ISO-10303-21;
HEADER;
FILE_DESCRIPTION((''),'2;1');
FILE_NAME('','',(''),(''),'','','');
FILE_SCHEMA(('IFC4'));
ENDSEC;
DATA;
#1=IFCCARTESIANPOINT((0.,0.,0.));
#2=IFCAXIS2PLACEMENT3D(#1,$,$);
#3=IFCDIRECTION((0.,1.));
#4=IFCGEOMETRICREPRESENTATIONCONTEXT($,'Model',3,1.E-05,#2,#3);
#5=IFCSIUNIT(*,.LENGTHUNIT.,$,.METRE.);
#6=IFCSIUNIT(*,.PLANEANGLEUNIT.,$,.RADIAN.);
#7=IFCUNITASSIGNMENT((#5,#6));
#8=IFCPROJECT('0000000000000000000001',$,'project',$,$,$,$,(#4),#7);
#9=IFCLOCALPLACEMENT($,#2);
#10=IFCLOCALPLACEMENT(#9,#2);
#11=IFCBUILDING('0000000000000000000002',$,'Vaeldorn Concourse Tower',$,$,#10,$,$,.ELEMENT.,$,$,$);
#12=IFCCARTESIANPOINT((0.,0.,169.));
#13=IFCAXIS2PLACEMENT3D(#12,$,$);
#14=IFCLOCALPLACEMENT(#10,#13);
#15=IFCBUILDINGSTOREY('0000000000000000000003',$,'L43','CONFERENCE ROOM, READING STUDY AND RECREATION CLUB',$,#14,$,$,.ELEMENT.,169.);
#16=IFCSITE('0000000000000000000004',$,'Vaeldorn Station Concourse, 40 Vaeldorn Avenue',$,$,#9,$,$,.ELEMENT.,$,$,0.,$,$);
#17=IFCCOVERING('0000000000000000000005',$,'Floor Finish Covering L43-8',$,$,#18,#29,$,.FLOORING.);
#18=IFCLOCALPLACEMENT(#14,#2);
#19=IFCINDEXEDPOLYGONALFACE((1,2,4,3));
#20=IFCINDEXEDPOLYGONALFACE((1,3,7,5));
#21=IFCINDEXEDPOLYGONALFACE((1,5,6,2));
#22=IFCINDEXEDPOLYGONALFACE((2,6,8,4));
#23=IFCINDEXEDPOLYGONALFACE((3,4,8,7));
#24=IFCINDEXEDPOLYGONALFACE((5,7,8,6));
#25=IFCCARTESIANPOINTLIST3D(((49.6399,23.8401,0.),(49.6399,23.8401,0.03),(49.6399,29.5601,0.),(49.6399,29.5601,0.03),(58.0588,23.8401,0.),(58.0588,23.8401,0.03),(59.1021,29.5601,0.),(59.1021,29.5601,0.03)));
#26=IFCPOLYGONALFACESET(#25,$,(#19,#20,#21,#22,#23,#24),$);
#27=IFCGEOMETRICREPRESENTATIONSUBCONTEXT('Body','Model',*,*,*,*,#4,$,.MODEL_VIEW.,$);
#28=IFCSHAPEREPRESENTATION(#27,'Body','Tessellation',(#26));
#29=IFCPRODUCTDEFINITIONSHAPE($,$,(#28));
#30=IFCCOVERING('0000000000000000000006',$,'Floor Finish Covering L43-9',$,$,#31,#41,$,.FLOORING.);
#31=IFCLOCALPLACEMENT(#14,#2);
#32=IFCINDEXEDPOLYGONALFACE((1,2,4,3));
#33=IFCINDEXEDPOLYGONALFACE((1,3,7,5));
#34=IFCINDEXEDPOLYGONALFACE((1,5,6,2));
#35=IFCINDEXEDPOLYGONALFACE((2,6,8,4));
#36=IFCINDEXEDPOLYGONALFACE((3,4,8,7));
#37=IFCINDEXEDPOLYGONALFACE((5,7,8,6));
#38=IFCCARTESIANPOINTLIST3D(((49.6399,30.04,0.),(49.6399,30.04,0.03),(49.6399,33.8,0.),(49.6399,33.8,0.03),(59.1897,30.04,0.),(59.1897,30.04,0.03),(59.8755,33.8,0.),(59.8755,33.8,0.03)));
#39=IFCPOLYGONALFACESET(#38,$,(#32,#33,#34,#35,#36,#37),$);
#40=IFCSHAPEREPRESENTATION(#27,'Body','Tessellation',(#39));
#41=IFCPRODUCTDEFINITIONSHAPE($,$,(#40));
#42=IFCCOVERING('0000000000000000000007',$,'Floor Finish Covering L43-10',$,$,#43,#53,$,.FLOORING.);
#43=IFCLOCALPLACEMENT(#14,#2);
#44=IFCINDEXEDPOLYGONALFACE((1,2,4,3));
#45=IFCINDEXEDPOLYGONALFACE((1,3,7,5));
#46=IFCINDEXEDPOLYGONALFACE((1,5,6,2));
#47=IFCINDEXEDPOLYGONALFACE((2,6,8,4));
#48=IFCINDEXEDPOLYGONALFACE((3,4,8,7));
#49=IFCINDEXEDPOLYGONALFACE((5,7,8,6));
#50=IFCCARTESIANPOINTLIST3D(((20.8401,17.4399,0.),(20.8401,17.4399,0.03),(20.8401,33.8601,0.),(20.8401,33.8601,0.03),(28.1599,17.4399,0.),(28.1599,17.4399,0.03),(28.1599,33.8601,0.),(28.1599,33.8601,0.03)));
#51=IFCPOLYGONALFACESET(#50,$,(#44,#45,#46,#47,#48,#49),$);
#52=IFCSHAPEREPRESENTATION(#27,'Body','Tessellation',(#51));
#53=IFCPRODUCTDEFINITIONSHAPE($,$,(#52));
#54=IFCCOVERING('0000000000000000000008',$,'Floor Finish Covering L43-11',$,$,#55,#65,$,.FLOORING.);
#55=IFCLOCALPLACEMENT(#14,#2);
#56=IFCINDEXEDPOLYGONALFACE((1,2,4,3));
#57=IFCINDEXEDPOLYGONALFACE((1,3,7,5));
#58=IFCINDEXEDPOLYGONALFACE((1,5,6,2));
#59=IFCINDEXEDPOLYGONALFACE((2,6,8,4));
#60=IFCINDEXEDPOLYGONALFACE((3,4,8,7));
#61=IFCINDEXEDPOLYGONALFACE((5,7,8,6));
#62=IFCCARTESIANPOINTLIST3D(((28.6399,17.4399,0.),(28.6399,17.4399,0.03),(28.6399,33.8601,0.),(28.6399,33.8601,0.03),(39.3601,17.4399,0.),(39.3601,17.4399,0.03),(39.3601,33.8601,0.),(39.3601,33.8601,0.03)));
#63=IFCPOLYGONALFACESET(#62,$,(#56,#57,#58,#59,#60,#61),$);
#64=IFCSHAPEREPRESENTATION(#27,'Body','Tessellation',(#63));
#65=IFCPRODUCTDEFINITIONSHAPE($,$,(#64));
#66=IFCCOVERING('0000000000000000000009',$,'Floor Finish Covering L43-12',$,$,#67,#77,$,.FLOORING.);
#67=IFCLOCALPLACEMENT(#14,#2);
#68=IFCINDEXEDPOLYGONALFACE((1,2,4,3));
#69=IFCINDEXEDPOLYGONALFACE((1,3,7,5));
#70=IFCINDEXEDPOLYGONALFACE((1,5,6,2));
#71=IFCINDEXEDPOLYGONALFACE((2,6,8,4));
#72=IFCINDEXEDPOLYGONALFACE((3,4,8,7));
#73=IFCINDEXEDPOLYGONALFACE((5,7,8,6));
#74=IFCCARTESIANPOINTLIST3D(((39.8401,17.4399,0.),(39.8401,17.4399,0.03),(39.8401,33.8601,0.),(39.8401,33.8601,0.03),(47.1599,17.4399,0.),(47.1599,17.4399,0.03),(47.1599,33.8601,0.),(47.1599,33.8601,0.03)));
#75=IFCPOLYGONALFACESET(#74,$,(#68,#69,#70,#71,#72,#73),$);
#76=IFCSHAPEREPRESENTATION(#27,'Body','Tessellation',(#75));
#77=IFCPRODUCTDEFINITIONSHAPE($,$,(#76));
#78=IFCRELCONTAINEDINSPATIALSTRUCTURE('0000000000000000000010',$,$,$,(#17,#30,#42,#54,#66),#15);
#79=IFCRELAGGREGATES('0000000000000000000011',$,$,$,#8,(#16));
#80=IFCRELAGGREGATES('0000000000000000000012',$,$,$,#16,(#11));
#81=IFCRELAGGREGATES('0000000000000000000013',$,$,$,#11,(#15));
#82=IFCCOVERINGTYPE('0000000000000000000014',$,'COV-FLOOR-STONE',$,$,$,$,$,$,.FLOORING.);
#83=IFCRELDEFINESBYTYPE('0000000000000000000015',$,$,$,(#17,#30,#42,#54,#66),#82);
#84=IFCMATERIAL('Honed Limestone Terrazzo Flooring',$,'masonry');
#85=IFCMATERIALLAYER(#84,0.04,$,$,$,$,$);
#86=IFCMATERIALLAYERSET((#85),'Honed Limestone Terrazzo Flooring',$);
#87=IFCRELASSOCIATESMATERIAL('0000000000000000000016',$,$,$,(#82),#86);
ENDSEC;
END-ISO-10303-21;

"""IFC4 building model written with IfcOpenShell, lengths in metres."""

from ifc_helpers import new_model, si_unit, direction, frame, origin, place, context, subcontext, project, spatial, polyline, outline, extrude, material, layer, layer_set, type_object, element, save


model = new_model("IFC4")

# Units and contexts
model_context = context("Model", 3, precision=1e-05, world=origin(), true_north=direction((0.0, 1.0)))
body_context = subcontext(model_context, "Body", "Model", "MODEL_VIEW")
ifc_project = project(units=[si_unit("LENGTHUNIT", "METRE"), si_unit("PLANEANGLEUNIT", "RADIAN")], contexts=[model_context])

# Site, building, storey
site_placement = place(None, origin())
site = spatial("IfcSite", under=ifc_project, at=site_placement, Name="Vaeldorn Station Concourse, 40 Vaeldorn Avenue", CompositionType="ELEMENT", RefElevation=0.0)
building_placement = place(site_placement, origin())
building = spatial("IfcBuilding", under=site, at=building_placement, Name="Vaeldorn Concourse Tower", CompositionType="ELEMENT")
storey_placement = place(building_placement, frame((0.0, 0.0, 169.0)))
storey = spatial("IfcBuildingStorey", under=building, at=storey_placement, Name="L43", Description="CONFERENCE ROOM, READING STUDY AND RECREATION CLUB", CompositionType="ELEMENT", Elevation=169.0)

# Coverings
ifc_material_1 = material(Name="Honed Limestone Terrazzo Flooring", Category="masonry")
ifc_layer_1 = layer(ifc_material_1, 0.04)
ifc_layer_set_1 = layer_set([ifc_layer_1], Name="Honed Limestone Terrazzo Flooring")
covering_type_1 = type_object("IfcCoveringType", Name="COV-FLOOR-STONE", PredefinedType="FLOORING", material=ifc_layer_set_1)
covering_1_placement = place(storey_placement, origin())
element("IfcCovering", 1, at=covering_1_placement, inside=storey, type_object=covering_type_1, Name="Floor Finish Covering L43-8", PredefinedType="FLOORING", context=body_context, shape_type="SweptSolid", body=[
    extrude(outline(polyline([(49.6399, 23.8401), (49.6399, 29.5601), (59.1021, 29.5601), (58.0588, 23.8401), (49.6399, 23.8401)])), origin(), (0.0, 0.0, 1.0), 0.03),
])
covering_2_placement = place(storey_placement, origin())
element("IfcCovering", 2, at=covering_2_placement, inside=storey, type_object=covering_type_1, Name="Floor Finish Covering L43-9", PredefinedType="FLOORING", context=body_context, shape_type="SweptSolid", body=[
    extrude(outline(polyline([(49.6399, 30.04), (49.6399, 33.8), (59.8755, 33.8), (59.1897, 30.04), (49.6399, 30.04)])), origin(), (0.0, 0.0, 1.0), 0.03),
])
covering_3_placement = place(storey_placement, origin())
element("IfcCovering", 3, at=covering_3_placement, inside=storey, type_object=covering_type_1, Name="Floor Finish Covering L43-10", PredefinedType="FLOORING", context=body_context, shape_type="SweptSolid", body=[
    extrude(outline(polyline([(20.8401, 33.8601), (28.1599, 33.8601), (28.1599, 17.4399), (20.8401, 17.4399), (20.8401, 33.8601)])), origin(), (0.0, 0.0, 1.0), 0.03),
])
covering_4_placement = place(storey_placement, origin())
element("IfcCovering", 4, at=covering_4_placement, inside=storey, type_object=covering_type_1, Name="Floor Finish Covering L43-11", PredefinedType="FLOORING", context=body_context, shape_type="SweptSolid", body=[
    extrude(outline(polyline([(28.6399, 33.8601), (39.3601, 33.8601), (39.3601, 17.4399), (28.6399, 17.4399), (28.6399, 33.8601)])), origin(), (0.0, 0.0, 1.0), 0.03),
])
covering_5_placement = place(storey_placement, origin())
element("IfcCovering", 5, at=covering_5_placement, inside=storey, type_object=covering_type_1, Name="Floor Finish Covering L43-12", PredefinedType="FLOORING", context=body_context, shape_type="SweptSolid", body=[
    extrude(outline(polyline([(39.8401, 33.8601), (47.1599, 33.8601), (47.1599, 17.4399), (39.8401, 17.4399), (39.8401, 33.8601)])), origin(), (0.0, 0.0, 1.0), 0.03),
])

save(model, "model.ifc")
